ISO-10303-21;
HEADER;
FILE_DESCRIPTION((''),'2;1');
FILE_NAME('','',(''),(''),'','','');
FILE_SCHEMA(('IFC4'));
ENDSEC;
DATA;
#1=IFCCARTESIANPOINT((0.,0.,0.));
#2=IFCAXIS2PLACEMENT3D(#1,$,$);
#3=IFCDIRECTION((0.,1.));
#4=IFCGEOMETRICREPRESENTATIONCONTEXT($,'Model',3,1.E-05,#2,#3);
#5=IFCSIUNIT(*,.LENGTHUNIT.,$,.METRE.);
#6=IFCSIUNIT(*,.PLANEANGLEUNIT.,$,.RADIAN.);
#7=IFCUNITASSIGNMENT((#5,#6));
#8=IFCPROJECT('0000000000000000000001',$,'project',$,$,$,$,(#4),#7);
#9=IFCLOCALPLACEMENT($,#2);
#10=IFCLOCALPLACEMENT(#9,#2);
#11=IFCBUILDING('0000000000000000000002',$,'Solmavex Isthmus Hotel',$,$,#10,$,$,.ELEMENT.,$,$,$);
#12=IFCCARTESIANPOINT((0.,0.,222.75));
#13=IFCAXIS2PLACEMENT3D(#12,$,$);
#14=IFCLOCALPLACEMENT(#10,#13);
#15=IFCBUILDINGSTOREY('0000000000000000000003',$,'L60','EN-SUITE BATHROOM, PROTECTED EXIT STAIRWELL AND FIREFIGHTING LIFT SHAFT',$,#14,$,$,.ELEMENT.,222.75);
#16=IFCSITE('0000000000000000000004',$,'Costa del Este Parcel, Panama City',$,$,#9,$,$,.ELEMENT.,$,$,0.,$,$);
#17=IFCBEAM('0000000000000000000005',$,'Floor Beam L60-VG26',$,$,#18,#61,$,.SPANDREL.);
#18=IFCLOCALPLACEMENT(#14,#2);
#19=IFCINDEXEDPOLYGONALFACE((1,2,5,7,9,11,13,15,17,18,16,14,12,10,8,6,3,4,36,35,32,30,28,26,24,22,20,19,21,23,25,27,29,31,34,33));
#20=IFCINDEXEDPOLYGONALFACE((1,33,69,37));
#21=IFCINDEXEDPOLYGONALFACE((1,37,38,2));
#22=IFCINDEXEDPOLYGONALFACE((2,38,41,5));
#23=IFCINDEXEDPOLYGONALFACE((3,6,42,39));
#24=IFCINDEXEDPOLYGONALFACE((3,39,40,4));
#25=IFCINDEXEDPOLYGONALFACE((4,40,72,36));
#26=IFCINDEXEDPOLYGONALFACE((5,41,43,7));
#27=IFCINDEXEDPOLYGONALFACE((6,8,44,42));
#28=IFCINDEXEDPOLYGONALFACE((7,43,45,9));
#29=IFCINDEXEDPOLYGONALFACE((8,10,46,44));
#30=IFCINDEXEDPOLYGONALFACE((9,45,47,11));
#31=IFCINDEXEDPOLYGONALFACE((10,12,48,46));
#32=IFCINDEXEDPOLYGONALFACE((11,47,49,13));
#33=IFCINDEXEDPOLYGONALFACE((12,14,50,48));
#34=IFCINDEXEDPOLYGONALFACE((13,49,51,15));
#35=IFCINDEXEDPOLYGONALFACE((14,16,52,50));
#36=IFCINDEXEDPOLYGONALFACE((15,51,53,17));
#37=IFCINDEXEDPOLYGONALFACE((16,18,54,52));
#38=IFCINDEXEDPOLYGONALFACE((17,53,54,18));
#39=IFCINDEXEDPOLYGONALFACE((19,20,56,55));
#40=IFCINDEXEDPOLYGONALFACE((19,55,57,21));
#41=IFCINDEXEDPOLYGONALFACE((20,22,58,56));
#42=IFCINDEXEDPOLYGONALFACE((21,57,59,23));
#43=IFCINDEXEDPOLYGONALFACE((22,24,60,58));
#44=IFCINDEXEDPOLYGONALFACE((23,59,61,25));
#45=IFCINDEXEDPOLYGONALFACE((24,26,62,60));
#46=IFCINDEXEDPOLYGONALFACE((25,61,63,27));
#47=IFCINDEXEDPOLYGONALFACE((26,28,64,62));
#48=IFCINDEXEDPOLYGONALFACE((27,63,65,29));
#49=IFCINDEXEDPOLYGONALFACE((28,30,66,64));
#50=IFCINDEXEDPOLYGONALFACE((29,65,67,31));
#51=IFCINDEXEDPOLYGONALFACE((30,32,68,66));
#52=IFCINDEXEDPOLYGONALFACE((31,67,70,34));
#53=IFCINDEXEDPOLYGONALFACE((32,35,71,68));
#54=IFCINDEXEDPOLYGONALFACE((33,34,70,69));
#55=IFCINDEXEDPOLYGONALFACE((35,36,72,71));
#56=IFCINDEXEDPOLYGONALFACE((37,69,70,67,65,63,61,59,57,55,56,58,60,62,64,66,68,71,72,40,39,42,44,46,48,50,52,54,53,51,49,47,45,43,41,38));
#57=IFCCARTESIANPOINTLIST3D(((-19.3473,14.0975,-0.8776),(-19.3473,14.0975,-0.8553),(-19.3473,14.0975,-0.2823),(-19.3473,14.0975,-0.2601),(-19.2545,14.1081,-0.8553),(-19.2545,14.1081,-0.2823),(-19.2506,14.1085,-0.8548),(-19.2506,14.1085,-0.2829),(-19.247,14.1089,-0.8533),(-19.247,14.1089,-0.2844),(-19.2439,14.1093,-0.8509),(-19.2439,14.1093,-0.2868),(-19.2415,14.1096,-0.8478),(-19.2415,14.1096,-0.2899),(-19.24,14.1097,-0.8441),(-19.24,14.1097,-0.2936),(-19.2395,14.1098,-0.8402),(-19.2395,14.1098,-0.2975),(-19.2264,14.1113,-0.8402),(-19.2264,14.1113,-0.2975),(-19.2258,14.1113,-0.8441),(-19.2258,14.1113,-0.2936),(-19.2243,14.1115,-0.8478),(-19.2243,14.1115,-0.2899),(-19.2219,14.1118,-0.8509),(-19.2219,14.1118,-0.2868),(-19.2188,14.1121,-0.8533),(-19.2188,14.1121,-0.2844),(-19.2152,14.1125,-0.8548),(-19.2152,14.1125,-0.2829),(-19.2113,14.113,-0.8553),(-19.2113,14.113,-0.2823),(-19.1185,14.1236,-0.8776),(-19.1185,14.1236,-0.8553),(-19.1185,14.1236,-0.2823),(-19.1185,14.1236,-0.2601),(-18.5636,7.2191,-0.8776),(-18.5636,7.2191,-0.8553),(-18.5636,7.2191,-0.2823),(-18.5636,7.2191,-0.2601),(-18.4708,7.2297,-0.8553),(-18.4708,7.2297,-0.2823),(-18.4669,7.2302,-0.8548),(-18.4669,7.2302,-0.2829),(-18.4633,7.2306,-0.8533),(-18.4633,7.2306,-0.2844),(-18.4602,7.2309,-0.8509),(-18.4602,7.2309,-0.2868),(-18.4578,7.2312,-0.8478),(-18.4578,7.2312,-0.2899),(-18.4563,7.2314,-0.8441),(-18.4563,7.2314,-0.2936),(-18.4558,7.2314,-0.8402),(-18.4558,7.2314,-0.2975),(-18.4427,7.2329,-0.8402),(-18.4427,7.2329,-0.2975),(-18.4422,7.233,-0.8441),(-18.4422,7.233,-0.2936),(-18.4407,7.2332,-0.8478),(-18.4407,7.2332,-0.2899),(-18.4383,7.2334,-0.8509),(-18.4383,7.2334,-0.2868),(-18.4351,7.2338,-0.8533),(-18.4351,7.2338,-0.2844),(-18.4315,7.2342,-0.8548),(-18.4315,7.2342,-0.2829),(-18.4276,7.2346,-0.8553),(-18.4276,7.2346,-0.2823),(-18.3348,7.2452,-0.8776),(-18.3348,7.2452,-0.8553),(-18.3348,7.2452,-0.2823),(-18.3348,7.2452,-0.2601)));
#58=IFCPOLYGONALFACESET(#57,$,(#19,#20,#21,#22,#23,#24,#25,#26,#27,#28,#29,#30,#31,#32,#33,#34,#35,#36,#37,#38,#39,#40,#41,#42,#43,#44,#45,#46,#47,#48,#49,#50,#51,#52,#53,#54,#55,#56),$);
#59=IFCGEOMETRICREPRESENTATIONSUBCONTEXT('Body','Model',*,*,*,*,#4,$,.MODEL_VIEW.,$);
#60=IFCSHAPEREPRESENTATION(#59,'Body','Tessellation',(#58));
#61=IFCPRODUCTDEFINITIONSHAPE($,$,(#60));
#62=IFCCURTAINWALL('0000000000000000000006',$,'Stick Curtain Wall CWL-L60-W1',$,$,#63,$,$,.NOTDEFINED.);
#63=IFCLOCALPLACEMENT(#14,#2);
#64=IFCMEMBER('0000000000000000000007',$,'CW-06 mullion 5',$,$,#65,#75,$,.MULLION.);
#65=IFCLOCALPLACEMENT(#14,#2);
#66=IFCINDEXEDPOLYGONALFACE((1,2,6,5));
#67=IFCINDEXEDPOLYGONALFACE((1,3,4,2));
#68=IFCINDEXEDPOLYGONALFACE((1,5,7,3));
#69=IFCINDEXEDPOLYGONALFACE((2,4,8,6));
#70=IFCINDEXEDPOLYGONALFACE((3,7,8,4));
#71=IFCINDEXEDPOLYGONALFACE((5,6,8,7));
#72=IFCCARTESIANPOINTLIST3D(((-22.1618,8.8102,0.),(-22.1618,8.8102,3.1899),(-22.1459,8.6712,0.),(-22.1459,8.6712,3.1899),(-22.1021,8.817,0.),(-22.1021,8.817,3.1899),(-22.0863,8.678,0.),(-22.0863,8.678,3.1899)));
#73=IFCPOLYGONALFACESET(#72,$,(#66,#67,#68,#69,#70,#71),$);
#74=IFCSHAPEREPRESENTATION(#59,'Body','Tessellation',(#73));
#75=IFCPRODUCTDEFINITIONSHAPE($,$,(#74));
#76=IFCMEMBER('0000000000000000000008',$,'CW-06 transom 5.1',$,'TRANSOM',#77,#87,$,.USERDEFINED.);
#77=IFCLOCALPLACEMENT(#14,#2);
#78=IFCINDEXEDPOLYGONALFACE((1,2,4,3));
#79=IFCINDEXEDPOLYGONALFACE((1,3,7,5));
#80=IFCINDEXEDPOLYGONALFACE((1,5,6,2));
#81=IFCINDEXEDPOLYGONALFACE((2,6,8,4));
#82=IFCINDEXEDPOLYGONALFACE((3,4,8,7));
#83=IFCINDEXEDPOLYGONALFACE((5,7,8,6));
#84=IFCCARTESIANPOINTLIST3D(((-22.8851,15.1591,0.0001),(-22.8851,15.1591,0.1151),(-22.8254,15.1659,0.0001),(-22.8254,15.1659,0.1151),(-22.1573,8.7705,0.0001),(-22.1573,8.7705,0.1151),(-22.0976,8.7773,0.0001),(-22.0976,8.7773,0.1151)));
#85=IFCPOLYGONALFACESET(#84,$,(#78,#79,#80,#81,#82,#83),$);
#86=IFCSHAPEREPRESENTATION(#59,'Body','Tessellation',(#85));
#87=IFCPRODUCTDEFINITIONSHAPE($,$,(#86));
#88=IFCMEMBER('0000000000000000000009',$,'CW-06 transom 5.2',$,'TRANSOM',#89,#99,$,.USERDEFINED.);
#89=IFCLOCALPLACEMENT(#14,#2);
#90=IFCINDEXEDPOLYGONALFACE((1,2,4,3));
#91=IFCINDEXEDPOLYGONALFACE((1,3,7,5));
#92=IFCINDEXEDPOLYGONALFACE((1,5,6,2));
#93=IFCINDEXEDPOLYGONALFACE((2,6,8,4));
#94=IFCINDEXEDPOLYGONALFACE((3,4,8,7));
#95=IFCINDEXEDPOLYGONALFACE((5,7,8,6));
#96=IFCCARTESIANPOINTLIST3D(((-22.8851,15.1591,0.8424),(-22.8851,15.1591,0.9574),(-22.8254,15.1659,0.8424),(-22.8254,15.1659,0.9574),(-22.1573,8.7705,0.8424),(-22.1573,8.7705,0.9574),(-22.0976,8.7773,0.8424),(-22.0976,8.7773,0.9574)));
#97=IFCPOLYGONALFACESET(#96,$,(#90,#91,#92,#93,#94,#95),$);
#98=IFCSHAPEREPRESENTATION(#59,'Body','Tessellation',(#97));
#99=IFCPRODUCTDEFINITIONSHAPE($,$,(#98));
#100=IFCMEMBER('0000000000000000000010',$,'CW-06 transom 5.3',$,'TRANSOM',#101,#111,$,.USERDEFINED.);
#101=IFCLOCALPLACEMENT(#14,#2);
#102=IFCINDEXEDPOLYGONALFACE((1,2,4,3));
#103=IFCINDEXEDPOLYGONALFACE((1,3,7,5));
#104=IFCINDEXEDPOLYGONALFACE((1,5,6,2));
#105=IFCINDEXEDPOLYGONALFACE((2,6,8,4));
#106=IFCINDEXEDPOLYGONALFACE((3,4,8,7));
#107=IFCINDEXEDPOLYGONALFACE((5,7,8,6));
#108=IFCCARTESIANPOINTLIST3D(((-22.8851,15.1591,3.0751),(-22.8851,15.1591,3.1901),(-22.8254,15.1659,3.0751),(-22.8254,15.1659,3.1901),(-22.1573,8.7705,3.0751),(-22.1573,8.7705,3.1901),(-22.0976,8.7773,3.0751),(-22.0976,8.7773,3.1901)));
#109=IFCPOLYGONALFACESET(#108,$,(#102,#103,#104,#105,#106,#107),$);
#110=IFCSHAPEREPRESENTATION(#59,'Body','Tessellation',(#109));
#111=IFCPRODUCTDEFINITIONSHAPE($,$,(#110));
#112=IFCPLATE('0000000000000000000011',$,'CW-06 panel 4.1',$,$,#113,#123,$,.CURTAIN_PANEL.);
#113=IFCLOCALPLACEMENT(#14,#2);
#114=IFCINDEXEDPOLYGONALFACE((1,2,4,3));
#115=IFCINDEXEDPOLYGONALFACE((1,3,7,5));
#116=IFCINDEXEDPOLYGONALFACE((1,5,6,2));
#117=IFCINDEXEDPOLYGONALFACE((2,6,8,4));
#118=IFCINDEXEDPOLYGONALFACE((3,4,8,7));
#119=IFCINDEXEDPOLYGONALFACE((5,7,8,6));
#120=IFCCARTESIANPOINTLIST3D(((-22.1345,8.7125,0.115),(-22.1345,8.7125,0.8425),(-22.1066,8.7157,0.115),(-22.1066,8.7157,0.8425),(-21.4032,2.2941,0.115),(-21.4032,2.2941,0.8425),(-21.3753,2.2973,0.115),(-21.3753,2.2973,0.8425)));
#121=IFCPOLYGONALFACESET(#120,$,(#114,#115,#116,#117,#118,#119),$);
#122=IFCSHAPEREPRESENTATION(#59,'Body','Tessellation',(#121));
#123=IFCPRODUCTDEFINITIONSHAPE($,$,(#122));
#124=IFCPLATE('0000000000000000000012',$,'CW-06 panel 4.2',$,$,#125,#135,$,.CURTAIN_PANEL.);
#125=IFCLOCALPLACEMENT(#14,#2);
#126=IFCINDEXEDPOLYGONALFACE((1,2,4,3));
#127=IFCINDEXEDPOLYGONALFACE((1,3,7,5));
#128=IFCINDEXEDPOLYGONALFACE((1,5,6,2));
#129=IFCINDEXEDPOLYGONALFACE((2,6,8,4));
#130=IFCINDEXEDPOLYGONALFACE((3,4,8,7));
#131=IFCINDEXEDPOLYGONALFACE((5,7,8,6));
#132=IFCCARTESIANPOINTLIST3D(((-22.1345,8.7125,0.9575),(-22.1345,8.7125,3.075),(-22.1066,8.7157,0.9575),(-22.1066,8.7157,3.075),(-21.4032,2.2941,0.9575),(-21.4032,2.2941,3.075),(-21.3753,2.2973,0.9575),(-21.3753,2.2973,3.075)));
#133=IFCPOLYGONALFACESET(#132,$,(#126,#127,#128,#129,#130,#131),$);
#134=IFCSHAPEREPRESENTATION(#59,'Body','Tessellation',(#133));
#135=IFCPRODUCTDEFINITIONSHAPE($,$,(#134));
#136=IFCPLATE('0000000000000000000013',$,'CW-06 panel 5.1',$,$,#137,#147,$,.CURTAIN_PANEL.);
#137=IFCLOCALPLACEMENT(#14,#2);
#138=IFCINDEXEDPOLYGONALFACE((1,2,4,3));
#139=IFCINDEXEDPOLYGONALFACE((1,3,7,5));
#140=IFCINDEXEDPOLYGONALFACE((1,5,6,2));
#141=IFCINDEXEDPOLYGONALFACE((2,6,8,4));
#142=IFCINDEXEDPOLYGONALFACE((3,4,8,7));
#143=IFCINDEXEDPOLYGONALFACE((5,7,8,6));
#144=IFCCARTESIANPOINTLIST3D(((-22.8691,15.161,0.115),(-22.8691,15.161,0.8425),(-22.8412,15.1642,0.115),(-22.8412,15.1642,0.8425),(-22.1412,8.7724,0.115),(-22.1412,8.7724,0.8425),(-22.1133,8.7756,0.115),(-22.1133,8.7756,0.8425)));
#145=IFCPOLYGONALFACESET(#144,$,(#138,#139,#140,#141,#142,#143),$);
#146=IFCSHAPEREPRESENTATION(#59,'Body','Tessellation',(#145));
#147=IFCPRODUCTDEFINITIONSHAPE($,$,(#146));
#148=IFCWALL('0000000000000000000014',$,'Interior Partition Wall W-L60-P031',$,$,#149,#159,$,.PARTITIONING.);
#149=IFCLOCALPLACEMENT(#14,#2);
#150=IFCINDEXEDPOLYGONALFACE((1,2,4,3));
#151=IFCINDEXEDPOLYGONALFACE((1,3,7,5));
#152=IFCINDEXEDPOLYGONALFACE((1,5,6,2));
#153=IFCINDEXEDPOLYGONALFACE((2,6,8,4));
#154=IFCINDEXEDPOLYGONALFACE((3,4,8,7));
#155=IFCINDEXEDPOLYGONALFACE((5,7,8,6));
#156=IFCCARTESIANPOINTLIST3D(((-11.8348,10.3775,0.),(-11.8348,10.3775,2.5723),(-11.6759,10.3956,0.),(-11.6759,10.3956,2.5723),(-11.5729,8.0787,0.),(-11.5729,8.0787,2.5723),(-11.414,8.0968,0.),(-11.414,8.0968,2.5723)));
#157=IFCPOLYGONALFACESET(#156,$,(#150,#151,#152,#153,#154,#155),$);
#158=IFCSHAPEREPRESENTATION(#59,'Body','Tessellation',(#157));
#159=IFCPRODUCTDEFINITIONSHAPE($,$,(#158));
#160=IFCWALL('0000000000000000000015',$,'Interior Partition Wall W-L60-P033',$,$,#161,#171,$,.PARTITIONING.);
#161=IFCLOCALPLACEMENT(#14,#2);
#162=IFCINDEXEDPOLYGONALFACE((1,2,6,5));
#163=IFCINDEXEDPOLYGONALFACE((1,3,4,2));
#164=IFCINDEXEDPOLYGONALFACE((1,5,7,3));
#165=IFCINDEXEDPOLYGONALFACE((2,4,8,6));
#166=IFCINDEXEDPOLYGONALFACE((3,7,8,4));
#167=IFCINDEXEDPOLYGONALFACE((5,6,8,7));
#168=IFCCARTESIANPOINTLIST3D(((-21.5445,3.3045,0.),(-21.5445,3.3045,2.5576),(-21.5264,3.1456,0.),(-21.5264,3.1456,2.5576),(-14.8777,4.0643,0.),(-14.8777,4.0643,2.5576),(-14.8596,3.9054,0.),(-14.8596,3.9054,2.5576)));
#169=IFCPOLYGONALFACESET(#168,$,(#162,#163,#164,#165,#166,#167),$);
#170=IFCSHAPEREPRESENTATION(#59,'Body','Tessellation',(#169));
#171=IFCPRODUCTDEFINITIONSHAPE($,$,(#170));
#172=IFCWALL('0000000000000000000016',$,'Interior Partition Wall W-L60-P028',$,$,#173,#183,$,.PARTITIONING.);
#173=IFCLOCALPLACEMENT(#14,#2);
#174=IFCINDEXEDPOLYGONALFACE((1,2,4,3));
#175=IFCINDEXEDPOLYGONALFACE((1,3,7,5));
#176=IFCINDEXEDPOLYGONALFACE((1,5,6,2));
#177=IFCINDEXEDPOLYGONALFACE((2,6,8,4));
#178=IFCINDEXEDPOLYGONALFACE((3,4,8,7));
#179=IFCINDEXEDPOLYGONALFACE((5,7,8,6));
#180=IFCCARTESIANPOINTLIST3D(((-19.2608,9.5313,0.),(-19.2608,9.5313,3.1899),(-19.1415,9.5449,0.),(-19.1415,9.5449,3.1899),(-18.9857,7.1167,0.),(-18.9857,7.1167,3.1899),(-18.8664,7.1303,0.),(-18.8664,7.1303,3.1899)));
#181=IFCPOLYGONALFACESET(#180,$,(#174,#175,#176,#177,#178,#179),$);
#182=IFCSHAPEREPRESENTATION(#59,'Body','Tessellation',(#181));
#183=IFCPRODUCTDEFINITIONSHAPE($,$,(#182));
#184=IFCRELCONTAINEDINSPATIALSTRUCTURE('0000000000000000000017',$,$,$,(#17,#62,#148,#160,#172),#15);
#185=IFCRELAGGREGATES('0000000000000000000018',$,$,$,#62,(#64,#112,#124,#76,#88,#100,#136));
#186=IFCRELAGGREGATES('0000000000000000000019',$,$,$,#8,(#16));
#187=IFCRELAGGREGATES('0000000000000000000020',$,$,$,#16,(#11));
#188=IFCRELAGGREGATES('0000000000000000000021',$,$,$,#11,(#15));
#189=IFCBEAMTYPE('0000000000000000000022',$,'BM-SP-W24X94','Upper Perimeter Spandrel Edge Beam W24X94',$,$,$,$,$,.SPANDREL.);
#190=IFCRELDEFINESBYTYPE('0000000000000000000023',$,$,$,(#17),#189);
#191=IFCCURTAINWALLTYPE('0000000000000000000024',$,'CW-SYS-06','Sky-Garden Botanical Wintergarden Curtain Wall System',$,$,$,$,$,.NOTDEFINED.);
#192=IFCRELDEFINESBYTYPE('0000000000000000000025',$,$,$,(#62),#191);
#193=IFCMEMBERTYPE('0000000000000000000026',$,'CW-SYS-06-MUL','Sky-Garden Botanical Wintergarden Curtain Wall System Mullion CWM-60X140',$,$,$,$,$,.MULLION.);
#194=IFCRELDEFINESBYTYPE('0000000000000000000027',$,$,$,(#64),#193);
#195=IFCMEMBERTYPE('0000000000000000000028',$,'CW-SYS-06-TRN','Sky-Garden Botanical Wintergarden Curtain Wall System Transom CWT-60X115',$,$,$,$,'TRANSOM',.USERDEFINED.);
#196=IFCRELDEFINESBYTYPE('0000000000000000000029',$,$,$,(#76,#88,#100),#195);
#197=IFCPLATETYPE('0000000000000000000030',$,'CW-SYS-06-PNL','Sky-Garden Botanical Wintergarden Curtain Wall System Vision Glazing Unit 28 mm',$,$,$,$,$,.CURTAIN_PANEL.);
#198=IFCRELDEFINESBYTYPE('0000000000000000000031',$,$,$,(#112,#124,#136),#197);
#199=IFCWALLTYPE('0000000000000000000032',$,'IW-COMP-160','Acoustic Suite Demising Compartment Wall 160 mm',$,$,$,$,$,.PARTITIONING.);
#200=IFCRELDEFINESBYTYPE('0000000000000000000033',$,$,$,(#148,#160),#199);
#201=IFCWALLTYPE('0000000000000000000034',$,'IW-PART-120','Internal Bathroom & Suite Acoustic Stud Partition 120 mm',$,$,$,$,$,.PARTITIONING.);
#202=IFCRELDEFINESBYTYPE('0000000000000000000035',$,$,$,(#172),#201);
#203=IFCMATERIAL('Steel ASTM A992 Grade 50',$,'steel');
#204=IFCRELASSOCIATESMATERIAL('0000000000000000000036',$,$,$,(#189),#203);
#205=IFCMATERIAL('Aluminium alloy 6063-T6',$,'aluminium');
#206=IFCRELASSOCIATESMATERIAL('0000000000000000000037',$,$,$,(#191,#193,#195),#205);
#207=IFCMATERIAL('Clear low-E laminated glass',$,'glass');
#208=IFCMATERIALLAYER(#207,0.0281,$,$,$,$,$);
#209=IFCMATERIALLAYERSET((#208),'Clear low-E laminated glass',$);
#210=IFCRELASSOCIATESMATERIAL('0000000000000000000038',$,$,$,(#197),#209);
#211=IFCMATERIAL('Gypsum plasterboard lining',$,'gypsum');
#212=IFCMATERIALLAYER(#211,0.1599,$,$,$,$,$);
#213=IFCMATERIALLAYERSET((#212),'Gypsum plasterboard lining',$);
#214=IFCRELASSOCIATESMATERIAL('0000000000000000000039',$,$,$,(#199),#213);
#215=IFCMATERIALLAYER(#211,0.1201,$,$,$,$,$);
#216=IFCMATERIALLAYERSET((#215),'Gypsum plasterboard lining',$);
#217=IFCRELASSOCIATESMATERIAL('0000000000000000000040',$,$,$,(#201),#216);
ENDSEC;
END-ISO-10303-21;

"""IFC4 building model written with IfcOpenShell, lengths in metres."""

from ifc_helpers import new_model, si_unit, direction, frame, frame_2d, origin, origin_2d, place, context, subcontext, project, spatial, rectangle, i_section, extrude, material, layer, layer_set, material_profile, profile_set, type_object, element, aggregate, save


model = new_model("IFC4")

# Units and contexts
model_context = context("Model", 3, precision=1e-05, world=origin(), true_north=direction((0.0, 1.0)))
body_context = subcontext(model_context, "Body", "Model", "MODEL_VIEW")
ifc_project = project(units=[si_unit("LENGTHUNIT", "METRE"), si_unit("PLANEANGLEUNIT", "RADIAN")], contexts=[model_context])

# Site, building, storey
site_placement = place(None, origin())
site = spatial("IfcSite", under=ifc_project, at=site_placement, Name="Costa del Este Parcel, Panama City", CompositionType="ELEMENT", RefElevation=0.0)
building_placement = place(site_placement, origin())
building = spatial("IfcBuilding", under=site, at=building_placement, Name="Solmavex Isthmus Hotel", CompositionType="ELEMENT")
storey_placement = place(building_placement, frame((0.0, 0.0, 222.75)))
storey = spatial("IfcBuildingStorey", under=building, at=storey_placement, Name="L60", Description="EN-SUITE BATHROOM, PROTECTED EXIT STAIRWELL AND FIREFIGHTING LIFT SHAFT", CompositionType="ELEMENT", Elevation=222.75)

# Beam
ifc_material_1 = material(Name="Steel ASTM A992 Grade 50", Category="steel")
ifc_material_profile_1 = material_profile(ifc_material_1, i_section(OverallWidth=0.2302, OverallDepth=0.6174, WebThickness=0.0132, FlangeThickness=0.0222, FilletRadius=0.0151, at=origin_2d()), Name="W24X94")
ifc_profile_set_1 = profile_set([ifc_material_profile_1], Name="Steel ASTM A992 Grade 50")
beam_type_1 = type_object("IfcBeamType", Name="BM-SP-W24X94", Description="Upper Perimeter Spandrel Edge Beam W24X94", PredefinedType="SPANDREL", material=ifc_profile_set_1)
beam_1_placement = place(storey_placement, frame((-18.4492, 7.2322, -0.5688), z_axis=(-0.113202, 0.993572, 0.0), x_axis=(-0.993572, -0.113202, 0.0)))
element("IfcBeam", 1, at=beam_1_placement, inside=storey, type_object=beam_type_1, Name="Floor Beam L60-VG26", PredefinedType="SPANDREL", context=body_context, shape_type="SweptSolid", body=[
    extrude(i_section(OverallWidth=0.2302, OverallDepth=0.6174, WebThickness=0.0132, FlangeThickness=0.0222, FilletRadius=0.0151, at=origin_2d()), origin(), (0.0, 0.0, 1.0), 6.9229),
])

# Curtain wall, members, plates
ifc_material_2 = material(Name="Aluminium alloy 6063-T6", Category="aluminium")
curtain_wall_type = type_object("IfcCurtainWallType", Name="CW-SYS-06", Description="Sky-Garden Botanical Wintergarden Curtain Wall System", PredefinedType="NOTDEFINED", material=ifc_material_2)
curtain_wall_placement = place(storey_placement, origin())
curtain_wall = element("IfcCurtainWall", 2, at=curtain_wall_placement, inside=storey, type_object=curtain_wall_type, Name="Stick Curtain Wall CWL-L60-W1", PredefinedType="NOTDEFINED")
ifc_material_profile_2 = material_profile(ifc_material_2, rectangle(XDim=0.0601, YDim=0.1399, at=origin_2d()), Name="CWM-60X140")
ifc_profile_set_2 = profile_set([ifc_material_profile_2], Name="Aluminium alloy 6063-T6")
member_type_1 = type_object("IfcMemberType", Name="CW-SYS-06-MUL", Description="Sky-Garden Botanical Wintergarden Curtain Wall System Mullion CWM-60X140", PredefinedType="MULLION", material=ifc_profile_set_2)
member_1_placement = place(storey_placement, frame((-22.124, 8.7441, 0.0), z_axis=(0.0, 0.0, 1.0), x_axis=(-0.993572, -0.113203, 0.0)))
member_1 = element("IfcMember", 3, at=member_1_placement, type_object=member_type_1, Name="CW-06 mullion 5", PredefinedType="MULLION", context=body_context, shape_type="SweptSolid", body=[
    extrude(rectangle(XDim=0.0601, YDim=0.1399, at=origin_2d()), origin(), (0.0, 0.0, 1.0), 3.1899),
])
ifc_material_profile_3 = material_profile(ifc_material_2, rectangle(XDim=0.0601, YDim=0.115, at=origin_2d()), Name="CWT-60X115")
ifc_profile_set_3 = profile_set([ifc_material_profile_3], Name="Aluminium alloy 6063-T6")
member_type_2 = type_object("IfcMemberType", Name="CW-SYS-06-TRN", Description="Sky-Garden Botanical Wintergarden Curtain Wall System Transom CWT-60X115", ElementType="TRANSOM", PredefinedType="USERDEFINED", material=ifc_profile_set_3)
member_2_placement = place(storey_placement, frame((-22.1274, 8.7739, 0.0576), z_axis=(-0.113186, 0.993574, 0.0), x_axis=(-0.993574, -0.113186, 0.0)))
member_2 = element("IfcMember", 4, at=member_2_placement, type_object=member_type_2, Name="CW-06 transom 5.1", ObjectType="TRANSOM", PredefinedType="USERDEFINED", context=body_context, shape_type="SweptSolid", body=[
    extrude(rectangle(XDim=0.0601, YDim=0.115, at=origin_2d()), origin(), (0.0, 0.0, 1.0), 6.4299),
])
member_3_placement = place(storey_placement, frame((-22.1274, 8.7739, 0.8999), z_axis=(-0.113186, 0.993574, 0.0), x_axis=(-0.993574, -0.113186, 0.0)))
member_3 = element("IfcMember", 5, at=member_3_placement, type_object=member_type_2, Name="CW-06 transom 5.2", ObjectType="TRANSOM", PredefinedType="USERDEFINED", context=body_context, shape_type="SweptSolid", body=[
    extrude(rectangle(XDim=0.0601, YDim=0.115, at=origin_2d()), origin(), (0.0, 0.0, 1.0), 6.4299),
])
member_4_placement = place(storey_placement, frame((-22.1274, 8.7739, 3.1326), z_axis=(-0.113186, 0.993574, 0.0), x_axis=(-0.993574, -0.113186, 0.0)))
member_4 = element("IfcMember", 6, at=member_4_placement, type_object=member_type_2, Name="CW-06 transom 5.3", ObjectType="TRANSOM", PredefinedType="USERDEFINED", context=body_context, shape_type="SweptSolid", body=[
    extrude(rectangle(XDim=0.0601, YDim=0.115, at=origin_2d()), origin(), (0.0, 0.0, 1.0), 6.4299),
])
ifc_material_3 = material(Name="Clear low-E laminated glass", Category="glass")
ifc_layer_1 = layer(ifc_material_3, 0.0281)
ifc_layer_set_1 = layer_set([ifc_layer_1], Name="Clear low-E laminated glass")
plate_type = type_object("IfcPlateType", Name="CW-SYS-06-PNL", Description="Sky-Garden Botanical Wintergarden Curtain Wall System Vision Glazing Unit 28 mm", PredefinedType="CURTAIN_PANEL", material=ifc_layer_set_1)
plate_1_placement = place(storey_placement, frame((-21.7549, 5.5049, 0.115), z_axis=(0.0, 0.0, 1.0), x_axis=(-0.113203, 0.993572, 0.0)))
plate_1 = element("IfcPlate", 7, at=plate_1_placement, type_object=plate_type, Name="CW-06 panel 4.1", PredefinedType="CURTAIN_PANEL", context=body_context, shape_type="SweptSolid", body=[
    extrude(rectangle(XDim=6.46, YDim=0.0281, at=origin_2d()), origin(), (0.0, 0.0, 1.0), 0.7275),
])
plate_2_placement = place(storey_placement, frame((-21.7549, 5.5049, 0.9575), z_axis=(0.0, 0.0, 1.0), x_axis=(-0.113203, 0.993572, 0.0)))
plate_2 = element("IfcPlate", 8, at=plate_2_placement, type_object=plate_type, Name="CW-06 panel 4.2", PredefinedType="CURTAIN_PANEL", context=body_context, shape_type="SweptSolid", body=[
    extrude(rectangle(XDim=6.46, YDim=0.0281, at=origin_2d()), origin(), (0.0, 0.0, 1.0), 2.1174),
])
plate_3_placement = place(storey_placement, frame((-22.4912, 11.9683, 0.115), z_axis=(0.0, 0.0, 1.0), x_axis=(-0.113203, 0.993572, 0.0)))
plate_3 = element("IfcPlate", 9, at=plate_3_placement, type_object=plate_type, Name="CW-06 panel 5.1", PredefinedType="CURTAIN_PANEL", context=body_context, shape_type="SweptSolid", body=[
    extrude(rectangle(XDim=6.4299, YDim=0.0281, at=origin_2d()), origin(), (0.0, 0.0, 1.0), 0.7275),
])
aggregate(curtain_wall, [member_1, plate_1, plate_2, member_2, member_3, member_4, plate_3])

# Shared definitions
ifc_material_4 = material(Name="Gypsum plasterboard lining", Category="gypsum")
ifc_layer_2 = layer(ifc_material_4, 0.1599)
ifc_layer_set_2 = layer_set([ifc_layer_2], Name="Gypsum plasterboard lining")
wall_type_1 = type_object("IfcWallType", Name="IW-COMP-160", Description="Acoustic Suite Demising Compartment Wall 160 mm", PredefinedType="PARTITIONING", material=ifc_layer_set_2)

# Walls
wall_1_placement = place(storey_placement, frame((-11.7554, 10.3865, 0.0), z_axis=(0.0, 0.0, 1.0), x_axis=(0.113222, -0.99357, 0.0)))
element("IfcWall", 10, at=wall_1_placement, inside=storey, type_object=wall_type_1, Name="Interior Partition Wall W-L60-P031", PredefinedType="PARTITIONING", context=body_context, shape_type="SweptSolid", body=[
    extrude(rectangle(XDim=2.3137, YDim=0.1599, at=frame_2d((1.1567, 0.0))), origin(), (0.0, 0.0, 1.0), 2.5723),
])
wall_2_placement = place(storey_placement, frame((-14.8687, 3.9849, 0.0), z_axis=(0.0, 0.0, 1.0), x_axis=(-0.993569, -0.113231, 0.0)))
element("IfcWall", 11, at=wall_2_placement, inside=storey, type_object=wall_type_1, Name="Interior Partition Wall W-L60-P033", PredefinedType="PARTITIONING", context=body_context, shape_type="SweptSolid", body=[
    extrude(rectangle(XDim=6.71, YDim=0.1599, at=frame_2d((3.355, 0.0))), origin(), (0.0, 0.0, 1.0), 2.5576),
])

# Wall
ifc_layer_3 = layer(ifc_material_4, 0.1201)
ifc_layer_set_3 = layer_set([ifc_layer_3], Name="Gypsum plasterboard lining")
wall_type_2 = type_object("IfcWallType", Name="IW-PART-120", Description="Internal Bathroom & Suite Acoustic Stud Partition 120 mm", PredefinedType="PARTITIONING", material=ifc_layer_set_3)
wall_3_placement = place(storey_placement, frame((-19.2012, 9.5381, 0.0), z_axis=(0.0, 0.0, 1.0), x_axis=(0.113221, -0.99357, 0.0)))
element("IfcWall", 12, at=wall_3_placement, inside=storey, type_object=wall_type_2, Name="Interior Partition Wall W-L60-P028", PredefinedType="PARTITIONING", context=body_context, shape_type="SweptSolid", body=[
    extrude(rectangle(XDim=2.4302, YDim=0.1201, at=frame_2d((1.2151, 0.0))), origin(), (0.0, 0.0, 1.0), 3.1899),
])

save(model, "model.ifc")
